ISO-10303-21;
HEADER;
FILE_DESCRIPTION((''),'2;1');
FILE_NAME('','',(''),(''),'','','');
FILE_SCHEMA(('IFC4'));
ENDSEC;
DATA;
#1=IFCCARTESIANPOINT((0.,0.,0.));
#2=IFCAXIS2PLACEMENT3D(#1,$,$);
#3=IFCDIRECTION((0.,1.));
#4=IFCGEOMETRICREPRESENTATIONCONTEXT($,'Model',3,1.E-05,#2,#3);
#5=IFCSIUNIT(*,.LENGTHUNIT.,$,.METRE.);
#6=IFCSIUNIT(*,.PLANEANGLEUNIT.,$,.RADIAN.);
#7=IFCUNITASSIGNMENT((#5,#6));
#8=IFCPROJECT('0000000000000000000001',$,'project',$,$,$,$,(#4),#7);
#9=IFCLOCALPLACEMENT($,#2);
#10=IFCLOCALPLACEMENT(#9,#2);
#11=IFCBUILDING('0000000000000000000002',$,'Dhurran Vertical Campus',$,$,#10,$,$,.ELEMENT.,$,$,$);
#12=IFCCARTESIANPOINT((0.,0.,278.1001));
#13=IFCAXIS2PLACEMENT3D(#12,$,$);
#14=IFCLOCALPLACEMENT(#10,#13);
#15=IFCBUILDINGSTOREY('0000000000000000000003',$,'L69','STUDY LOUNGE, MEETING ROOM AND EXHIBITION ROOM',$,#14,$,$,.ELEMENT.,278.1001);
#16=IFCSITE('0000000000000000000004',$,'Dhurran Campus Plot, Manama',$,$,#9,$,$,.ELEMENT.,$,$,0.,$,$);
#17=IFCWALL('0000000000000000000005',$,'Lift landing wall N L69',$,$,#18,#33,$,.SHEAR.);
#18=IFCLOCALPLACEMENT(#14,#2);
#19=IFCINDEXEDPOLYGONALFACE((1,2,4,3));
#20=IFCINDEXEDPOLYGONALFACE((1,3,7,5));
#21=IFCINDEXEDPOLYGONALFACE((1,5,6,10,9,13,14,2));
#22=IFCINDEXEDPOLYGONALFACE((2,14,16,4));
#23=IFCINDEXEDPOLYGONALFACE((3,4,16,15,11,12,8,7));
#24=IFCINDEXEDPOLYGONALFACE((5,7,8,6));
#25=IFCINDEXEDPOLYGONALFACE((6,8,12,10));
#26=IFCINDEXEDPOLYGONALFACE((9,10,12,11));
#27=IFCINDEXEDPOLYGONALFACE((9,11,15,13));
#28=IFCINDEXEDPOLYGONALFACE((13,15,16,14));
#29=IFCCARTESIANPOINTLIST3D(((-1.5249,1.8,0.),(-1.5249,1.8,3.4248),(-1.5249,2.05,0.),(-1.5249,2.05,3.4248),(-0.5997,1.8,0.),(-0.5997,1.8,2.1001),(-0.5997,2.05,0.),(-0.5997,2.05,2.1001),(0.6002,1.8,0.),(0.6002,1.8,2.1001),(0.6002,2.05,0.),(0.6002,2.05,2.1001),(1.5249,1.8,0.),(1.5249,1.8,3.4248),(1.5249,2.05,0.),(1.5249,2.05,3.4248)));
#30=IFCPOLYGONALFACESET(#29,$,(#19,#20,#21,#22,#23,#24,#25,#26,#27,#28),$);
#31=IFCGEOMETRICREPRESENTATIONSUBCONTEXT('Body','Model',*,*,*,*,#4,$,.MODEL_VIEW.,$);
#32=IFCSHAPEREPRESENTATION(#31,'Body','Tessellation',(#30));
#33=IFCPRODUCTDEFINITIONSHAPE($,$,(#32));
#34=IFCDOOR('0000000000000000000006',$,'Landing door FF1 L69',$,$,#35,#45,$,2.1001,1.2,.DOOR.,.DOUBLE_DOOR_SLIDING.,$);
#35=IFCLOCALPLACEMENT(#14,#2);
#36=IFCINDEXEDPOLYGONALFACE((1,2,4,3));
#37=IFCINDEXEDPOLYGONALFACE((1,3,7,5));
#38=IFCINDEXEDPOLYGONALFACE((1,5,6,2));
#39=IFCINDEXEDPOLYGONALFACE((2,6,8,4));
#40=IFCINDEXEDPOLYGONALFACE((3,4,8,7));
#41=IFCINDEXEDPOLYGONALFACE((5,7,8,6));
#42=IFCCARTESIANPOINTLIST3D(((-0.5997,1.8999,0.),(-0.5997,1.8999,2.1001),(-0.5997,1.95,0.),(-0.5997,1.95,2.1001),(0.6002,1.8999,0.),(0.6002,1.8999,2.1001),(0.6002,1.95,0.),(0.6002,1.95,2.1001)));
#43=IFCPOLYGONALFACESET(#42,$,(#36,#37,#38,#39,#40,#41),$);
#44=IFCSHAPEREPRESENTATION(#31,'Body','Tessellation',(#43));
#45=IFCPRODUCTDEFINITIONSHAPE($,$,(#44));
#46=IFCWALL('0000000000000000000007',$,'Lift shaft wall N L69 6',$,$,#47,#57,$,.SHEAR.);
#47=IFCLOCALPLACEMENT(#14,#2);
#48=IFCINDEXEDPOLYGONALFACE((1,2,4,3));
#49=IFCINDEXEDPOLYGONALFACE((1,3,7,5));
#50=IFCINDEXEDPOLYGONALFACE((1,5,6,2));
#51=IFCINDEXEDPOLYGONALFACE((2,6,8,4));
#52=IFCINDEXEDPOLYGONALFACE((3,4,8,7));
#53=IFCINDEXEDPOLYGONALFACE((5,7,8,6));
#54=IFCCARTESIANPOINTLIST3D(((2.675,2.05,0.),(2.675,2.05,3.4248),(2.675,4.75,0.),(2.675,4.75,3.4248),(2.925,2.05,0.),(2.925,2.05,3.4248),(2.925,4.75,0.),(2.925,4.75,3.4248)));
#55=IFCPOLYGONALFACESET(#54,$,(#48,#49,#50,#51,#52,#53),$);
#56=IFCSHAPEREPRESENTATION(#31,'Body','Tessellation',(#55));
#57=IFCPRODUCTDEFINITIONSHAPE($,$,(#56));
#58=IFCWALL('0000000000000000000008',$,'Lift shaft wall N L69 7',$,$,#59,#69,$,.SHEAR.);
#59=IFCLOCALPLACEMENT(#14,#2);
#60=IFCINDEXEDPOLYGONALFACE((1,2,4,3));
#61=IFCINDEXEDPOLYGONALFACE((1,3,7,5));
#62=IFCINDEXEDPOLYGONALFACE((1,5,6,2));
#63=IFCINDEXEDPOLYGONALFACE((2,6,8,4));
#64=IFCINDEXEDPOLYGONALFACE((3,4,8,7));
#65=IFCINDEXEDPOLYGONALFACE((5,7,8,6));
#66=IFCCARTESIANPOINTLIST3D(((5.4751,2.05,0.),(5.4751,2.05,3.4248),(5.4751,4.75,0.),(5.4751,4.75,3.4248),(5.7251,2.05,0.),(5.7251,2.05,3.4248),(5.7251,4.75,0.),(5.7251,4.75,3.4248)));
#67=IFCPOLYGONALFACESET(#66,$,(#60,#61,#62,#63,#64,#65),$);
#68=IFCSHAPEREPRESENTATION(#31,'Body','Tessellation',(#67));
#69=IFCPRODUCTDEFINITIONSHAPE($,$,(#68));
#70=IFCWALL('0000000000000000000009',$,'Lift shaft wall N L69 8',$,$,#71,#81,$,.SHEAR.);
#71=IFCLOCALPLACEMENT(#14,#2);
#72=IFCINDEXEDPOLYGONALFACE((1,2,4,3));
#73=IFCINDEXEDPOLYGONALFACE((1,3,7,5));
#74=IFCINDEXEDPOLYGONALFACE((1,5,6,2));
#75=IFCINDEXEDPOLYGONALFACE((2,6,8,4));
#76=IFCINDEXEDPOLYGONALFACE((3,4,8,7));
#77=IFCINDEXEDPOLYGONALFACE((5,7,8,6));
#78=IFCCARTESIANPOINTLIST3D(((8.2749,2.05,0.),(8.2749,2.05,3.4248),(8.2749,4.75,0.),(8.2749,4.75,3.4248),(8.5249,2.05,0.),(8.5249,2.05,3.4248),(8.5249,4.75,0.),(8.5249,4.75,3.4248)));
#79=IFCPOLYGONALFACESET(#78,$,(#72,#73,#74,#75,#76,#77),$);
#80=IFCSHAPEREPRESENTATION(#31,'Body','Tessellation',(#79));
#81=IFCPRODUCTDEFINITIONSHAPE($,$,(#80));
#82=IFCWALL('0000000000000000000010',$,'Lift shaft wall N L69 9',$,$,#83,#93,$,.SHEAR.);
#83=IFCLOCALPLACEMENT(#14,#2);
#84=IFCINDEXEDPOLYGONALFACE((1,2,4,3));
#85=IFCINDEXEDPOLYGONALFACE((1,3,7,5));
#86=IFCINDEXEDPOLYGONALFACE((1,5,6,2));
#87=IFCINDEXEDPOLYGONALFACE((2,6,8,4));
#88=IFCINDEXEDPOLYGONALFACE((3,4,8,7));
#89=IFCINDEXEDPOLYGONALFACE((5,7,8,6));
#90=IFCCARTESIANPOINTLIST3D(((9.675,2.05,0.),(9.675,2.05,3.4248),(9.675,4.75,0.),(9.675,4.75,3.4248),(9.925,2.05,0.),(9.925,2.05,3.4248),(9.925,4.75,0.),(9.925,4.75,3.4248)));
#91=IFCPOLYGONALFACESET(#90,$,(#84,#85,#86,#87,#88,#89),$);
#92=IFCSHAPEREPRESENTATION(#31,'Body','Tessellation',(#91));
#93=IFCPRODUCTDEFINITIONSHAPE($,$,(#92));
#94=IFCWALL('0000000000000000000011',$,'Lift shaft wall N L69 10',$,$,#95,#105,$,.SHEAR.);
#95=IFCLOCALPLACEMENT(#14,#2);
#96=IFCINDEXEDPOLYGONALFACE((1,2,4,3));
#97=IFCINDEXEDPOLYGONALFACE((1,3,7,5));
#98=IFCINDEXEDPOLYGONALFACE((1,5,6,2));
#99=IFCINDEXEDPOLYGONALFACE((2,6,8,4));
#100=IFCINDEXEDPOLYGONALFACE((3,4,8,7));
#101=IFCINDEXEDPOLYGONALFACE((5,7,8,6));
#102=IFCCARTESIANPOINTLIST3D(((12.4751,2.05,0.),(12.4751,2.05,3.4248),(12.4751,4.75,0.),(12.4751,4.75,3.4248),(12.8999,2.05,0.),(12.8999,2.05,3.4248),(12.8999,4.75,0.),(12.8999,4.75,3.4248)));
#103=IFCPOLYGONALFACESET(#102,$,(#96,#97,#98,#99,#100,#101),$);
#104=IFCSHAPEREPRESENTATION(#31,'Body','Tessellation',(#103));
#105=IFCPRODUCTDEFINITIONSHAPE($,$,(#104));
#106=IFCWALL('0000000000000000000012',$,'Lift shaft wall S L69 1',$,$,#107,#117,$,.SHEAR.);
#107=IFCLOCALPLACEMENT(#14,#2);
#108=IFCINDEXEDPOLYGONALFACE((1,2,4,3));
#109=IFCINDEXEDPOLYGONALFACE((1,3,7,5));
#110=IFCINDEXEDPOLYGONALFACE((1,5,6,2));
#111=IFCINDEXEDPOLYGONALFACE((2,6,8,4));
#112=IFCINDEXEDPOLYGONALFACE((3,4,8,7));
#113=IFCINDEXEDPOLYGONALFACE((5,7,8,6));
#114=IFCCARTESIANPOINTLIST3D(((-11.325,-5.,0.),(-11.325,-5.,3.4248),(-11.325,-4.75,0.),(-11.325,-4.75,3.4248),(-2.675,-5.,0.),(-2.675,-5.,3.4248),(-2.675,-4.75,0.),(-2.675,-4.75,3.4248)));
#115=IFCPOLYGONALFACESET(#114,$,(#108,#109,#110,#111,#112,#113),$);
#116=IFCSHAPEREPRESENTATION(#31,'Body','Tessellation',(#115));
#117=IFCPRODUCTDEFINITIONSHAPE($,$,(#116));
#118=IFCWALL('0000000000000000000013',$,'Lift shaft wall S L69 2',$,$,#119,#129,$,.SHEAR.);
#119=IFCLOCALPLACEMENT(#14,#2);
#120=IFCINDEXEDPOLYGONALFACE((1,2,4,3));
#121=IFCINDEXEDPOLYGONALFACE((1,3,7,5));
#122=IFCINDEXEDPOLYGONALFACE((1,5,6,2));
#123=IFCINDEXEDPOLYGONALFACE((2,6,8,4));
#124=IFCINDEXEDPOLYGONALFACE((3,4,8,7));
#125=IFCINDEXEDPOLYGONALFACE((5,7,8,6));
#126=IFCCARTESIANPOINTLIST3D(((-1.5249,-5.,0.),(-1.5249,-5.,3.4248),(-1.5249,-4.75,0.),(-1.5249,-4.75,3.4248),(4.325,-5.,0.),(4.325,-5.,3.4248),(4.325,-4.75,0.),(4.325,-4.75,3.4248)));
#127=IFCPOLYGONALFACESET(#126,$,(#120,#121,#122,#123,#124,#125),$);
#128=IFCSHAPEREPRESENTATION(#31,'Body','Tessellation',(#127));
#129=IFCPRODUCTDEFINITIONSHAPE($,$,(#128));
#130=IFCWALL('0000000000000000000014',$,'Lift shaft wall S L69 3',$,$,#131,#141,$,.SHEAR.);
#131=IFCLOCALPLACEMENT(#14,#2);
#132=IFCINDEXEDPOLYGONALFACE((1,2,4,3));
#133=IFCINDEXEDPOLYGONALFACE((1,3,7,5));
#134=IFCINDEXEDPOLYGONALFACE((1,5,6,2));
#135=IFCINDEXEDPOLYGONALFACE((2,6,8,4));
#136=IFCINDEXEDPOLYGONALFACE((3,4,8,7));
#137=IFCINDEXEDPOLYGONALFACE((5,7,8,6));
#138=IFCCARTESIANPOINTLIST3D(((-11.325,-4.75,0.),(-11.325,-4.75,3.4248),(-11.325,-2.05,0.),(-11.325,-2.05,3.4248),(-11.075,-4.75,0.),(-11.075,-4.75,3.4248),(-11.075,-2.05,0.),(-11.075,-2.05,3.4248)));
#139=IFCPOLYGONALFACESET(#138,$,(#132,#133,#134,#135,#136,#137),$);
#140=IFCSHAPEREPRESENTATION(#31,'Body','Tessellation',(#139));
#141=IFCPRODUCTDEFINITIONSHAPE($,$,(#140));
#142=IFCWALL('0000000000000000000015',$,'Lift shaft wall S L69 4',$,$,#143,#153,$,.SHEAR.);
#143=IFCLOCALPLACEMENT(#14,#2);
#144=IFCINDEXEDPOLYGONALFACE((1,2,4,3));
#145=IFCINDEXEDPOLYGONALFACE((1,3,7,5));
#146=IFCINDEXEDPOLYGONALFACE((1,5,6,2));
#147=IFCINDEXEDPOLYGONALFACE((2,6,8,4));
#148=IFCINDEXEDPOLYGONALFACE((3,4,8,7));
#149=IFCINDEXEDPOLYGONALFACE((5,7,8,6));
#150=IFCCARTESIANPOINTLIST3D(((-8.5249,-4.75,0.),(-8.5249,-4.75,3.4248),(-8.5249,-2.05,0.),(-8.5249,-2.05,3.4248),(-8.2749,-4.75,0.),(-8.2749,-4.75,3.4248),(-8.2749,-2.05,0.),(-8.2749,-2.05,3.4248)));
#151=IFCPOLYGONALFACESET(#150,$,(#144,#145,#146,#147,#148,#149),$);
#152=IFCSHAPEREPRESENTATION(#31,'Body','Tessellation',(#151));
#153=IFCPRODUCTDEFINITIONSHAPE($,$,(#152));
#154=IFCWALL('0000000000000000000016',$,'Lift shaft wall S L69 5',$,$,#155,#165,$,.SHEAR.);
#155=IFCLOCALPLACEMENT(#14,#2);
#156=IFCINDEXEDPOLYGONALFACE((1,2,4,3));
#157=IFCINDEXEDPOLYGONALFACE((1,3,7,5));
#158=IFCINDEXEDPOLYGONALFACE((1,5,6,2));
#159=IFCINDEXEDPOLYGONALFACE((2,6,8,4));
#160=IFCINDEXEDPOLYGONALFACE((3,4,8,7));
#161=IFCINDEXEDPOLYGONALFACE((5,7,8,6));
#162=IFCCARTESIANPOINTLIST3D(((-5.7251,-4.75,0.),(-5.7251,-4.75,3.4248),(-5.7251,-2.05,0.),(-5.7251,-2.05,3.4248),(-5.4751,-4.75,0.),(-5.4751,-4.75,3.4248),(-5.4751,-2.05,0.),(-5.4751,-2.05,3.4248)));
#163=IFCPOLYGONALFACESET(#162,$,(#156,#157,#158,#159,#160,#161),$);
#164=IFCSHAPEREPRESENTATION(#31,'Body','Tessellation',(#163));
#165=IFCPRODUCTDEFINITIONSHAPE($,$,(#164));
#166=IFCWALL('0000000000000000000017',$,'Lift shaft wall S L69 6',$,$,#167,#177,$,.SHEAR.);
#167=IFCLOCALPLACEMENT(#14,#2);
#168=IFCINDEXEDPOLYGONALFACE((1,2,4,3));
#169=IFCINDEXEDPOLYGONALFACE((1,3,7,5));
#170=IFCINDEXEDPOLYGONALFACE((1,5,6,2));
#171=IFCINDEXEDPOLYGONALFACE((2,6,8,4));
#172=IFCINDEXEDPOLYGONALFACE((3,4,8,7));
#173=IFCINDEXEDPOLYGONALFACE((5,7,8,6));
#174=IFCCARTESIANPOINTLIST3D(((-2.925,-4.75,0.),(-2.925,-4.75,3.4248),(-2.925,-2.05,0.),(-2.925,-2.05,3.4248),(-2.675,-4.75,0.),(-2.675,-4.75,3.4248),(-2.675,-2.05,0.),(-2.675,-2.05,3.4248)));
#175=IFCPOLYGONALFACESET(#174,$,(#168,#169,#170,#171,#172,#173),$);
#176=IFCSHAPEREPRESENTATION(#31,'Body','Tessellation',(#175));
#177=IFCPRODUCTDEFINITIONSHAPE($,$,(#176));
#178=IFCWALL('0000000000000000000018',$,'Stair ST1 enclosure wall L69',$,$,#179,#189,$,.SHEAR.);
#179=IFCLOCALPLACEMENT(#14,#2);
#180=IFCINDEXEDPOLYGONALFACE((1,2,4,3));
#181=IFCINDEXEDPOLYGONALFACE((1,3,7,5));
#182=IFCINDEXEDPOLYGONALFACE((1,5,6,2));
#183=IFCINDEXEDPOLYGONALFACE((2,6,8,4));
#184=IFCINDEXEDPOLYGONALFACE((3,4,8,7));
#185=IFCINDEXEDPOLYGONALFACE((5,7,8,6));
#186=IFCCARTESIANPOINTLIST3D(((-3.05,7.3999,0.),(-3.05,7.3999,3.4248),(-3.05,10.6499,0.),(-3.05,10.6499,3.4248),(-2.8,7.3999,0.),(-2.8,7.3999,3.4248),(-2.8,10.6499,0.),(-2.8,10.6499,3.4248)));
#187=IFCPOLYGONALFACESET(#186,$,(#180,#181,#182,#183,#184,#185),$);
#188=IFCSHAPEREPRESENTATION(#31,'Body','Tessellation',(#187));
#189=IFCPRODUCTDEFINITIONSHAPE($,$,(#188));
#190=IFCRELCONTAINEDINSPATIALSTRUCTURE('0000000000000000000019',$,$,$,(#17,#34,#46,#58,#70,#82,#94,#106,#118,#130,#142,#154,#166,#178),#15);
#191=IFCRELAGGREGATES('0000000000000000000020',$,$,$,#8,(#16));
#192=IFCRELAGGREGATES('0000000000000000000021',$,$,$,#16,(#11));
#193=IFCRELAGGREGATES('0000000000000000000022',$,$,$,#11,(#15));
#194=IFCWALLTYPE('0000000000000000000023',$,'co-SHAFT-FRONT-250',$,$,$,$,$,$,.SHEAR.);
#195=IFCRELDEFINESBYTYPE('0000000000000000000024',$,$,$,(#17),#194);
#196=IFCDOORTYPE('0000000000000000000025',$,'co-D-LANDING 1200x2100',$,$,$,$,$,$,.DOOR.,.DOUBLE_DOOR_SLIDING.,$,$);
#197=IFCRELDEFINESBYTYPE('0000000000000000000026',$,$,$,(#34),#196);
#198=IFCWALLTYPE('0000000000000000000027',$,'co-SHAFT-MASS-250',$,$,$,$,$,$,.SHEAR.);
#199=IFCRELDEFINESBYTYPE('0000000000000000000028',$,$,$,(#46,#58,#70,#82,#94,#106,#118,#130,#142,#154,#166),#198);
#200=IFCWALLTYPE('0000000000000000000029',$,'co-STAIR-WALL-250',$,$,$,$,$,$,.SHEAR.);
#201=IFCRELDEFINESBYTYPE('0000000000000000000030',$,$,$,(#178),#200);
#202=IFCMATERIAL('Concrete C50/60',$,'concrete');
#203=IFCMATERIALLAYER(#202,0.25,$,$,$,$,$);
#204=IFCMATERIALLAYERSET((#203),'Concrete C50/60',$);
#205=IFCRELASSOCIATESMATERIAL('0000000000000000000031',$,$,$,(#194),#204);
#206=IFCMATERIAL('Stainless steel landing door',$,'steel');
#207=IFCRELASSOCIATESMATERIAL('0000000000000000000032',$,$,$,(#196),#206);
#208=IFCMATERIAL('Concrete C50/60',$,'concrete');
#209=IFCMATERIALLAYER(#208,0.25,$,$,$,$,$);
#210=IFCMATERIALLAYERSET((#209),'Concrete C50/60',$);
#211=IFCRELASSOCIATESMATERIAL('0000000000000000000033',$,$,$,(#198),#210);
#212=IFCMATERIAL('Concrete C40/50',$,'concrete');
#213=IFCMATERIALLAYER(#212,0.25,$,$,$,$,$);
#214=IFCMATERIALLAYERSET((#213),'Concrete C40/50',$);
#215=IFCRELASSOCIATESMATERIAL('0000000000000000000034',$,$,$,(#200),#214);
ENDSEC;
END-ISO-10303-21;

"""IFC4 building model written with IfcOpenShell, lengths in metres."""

from ifc_helpers import new_model, si_unit, direction, frame, frame_2d, origin, place, context, subcontext, project, spatial, polyline, rectangle, outline, extrude, material, layer, layer_set, type_object, element, fill, save


model = new_model("IFC4")

# Units and contexts
model_context = context("Model", 3, precision=1e-05, world=origin(), true_north=direction((0.0, 1.0)))
body_context = subcontext(model_context, "Body", "Model", "MODEL_VIEW")
ifc_project = project(units=[si_unit("LENGTHUNIT", "METRE"), si_unit("PLANEANGLEUNIT", "RADIAN")], contexts=[model_context])

# Site, building, storey
site_placement = place(None, origin())
site = spatial("IfcSite", under=ifc_project, at=site_placement, Name="Dhurran Campus Plot, Manama", CompositionType="ELEMENT", RefElevation=0.0)
building_placement = place(site_placement, origin())
building = spatial("IfcBuilding", under=site, at=building_placement, Name="Dhurran Vertical Campus", CompositionType="ELEMENT")
storey_placement = place(building_placement, frame((0.0, 0.0, 278.1001)))
storey = spatial("IfcBuildingStorey", under=building, at=storey_placement, Name="L69", Description="STUDY LOUNGE, MEETING ROOM AND EXHIBITION ROOM", CompositionType="ELEMENT", Elevation=278.1001)

# Wall, opening, door
ifc_material_1 = material(Name="Concrete C50/60", Category="concrete")
ifc_layer_1 = layer(ifc_material_1, 0.25)
ifc_layer_set_1 = layer_set([ifc_layer_1], Name="Concrete C50/60")
wall_type_1 = type_object("IfcWallType", Name="co-SHAFT-FRONT-250", PredefinedType="SHEAR", material=ifc_layer_set_1)
wall_1_placement = place(storey_placement, frame((-1.5249, 1.925, 0.0), z_axis=(0.0, 0.0, 1.0), x_axis=(1.0, 0.0, 0.0)))
wall_1 = element("IfcWall", 1, at=wall_1_placement, inside=storey, type_object=wall_type_1, Name="Lift landing wall N L69", PredefinedType="SHEAR", context=body_context, shape_type="SweptSolid", body=[
    extrude(rectangle(XDim=3.0498, YDim=0.25, at=frame_2d((1.5249, 0.0))), origin(), (0.0, 0.0, 1.0), 3.4248),
])
opening_1_placement = place(wall_1_placement, frame((0.925, 0.0, 0.0)))
opening_1 = element("IfcOpeningElement", 2, at=opening_1_placement, cuts=wall_1, PredefinedType="OPENING", context=body_context, shape_type="SweptSolid", body=[
    extrude(rectangle(XDim=1.2, YDim=2.1001, at=frame_2d((0.6001, 1.05))), frame((0.0, 0.135, 0.0), z_axis=(0.0, -1.0, 0.0), x_axis=(1.0, 0.0, 0.0)), (0.0, 0.0, 1.0), 0.27),
])
ifc_material_2 = material(Name="Stainless steel landing door", Category="steel")
door_type_1 = type_object("IfcDoorType", Name="co-D-LANDING 1200x2100", OperationType="DOUBLE_DOOR_SLIDING", PredefinedType="DOOR", material=ifc_material_2)
door_1_placement = place(opening_1_placement, origin())
door_1 = element("IfcDoor", 3, at=door_1_placement, inside=storey, type_object=door_type_1, Name="Landing door FF1 L69", OperationType="DOUBLE_DOOR_SLIDING", OverallHeight=2.1001, OverallWidth=1.2, PredefinedType="DOOR", context=body_context, shape_type="SweptSolid", body=[
    extrude(rectangle(XDim=1.2, YDim=2.1001, at=frame_2d((0.6001, 1.05))), frame((0.0, 0.0249, 0.0), z_axis=(0.0, -1.0, 0.0), x_axis=(1.0, 0.0, 0.0)), (0.0, 0.0, 1.0), 0.05),
])
fill(opening_1, door_1)

# Walls
ifc_material_3 = material(Name="Concrete C50/60", Category="concrete")
ifc_layer_2 = layer(ifc_material_3, 0.25)
ifc_layer_set_2 = layer_set([ifc_layer_2], Name="Concrete C50/60")
wall_type_2 = type_object("IfcWallType", Name="co-SHAFT-MASS-250", PredefinedType="SHEAR", material=ifc_layer_set_2)
wall_2_placement = place(storey_placement, origin())
element("IfcWall", 4, at=wall_2_placement, inside=storey, type_object=wall_type_2, Name="Lift shaft wall N L69 6", PredefinedType="SHEAR", context=body_context, shape_type="SweptSolid", body=[
    extrude(outline(polyline([(2.675, 2.05), (2.925, 2.05), (2.925, 4.75), (2.675, 4.75), (2.675, 2.05)])), origin(), (0.0, 0.0, 1.0), 3.4248),
])
wall_3_placement = place(storey_placement, origin())
element("IfcWall", 5, at=wall_3_placement, inside=storey, type_object=wall_type_2, Name="Lift shaft wall N L69 7", PredefinedType="SHEAR", context=body_context, shape_type="SweptSolid", body=[
    extrude(outline(polyline([(5.4751, 2.05), (5.7251, 2.05), (5.7251, 4.75), (5.4751, 4.75), (5.4751, 2.05)])), origin(), (0.0, 0.0, 1.0), 3.4248),
])
wall_4_placement = place(storey_placement, origin())
element("IfcWall", 6, at=wall_4_placement, inside=storey, type_object=wall_type_2, Name="Lift shaft wall N L69 8", PredefinedType="SHEAR", context=body_context, shape_type="SweptSolid", body=[
    extrude(outline(polyline([(8.2749, 2.05), (8.5249, 2.05), (8.5249, 4.75), (8.2749, 4.75), (8.2749, 2.05)])), origin(), (0.0, 0.0, 1.0), 3.4248),
])
wall_5_placement = place(storey_placement, origin())
element("IfcWall", 7, at=wall_5_placement, inside=storey, type_object=wall_type_2, Name="Lift shaft wall N L69 9", PredefinedType="SHEAR", context=body_context, shape_type="SweptSolid", body=[
    extrude(outline(polyline([(9.675, 2.05), (9.925, 2.05), (9.925, 4.75), (9.675, 4.75), (9.675, 2.05)])), origin(), (0.0, 0.0, 1.0), 3.4248),
])
wall_6_placement = place(storey_placement, origin())
element("IfcWall", 8, at=wall_6_placement, inside=storey, type_object=wall_type_2, Name="Lift shaft wall N L69 10", PredefinedType="SHEAR", context=body_context, shape_type="SweptSolid", body=[
    extrude(outline(polyline([(12.4751, 2.05), (12.8999, 2.05), (12.8999, 4.75), (12.4751, 4.75), (12.4751, 2.05)])), origin(), (0.0, 0.0, 1.0), 3.4248),
])
wall_7_placement = place(storey_placement, origin())
element("IfcWall", 9, at=wall_7_placement, inside=storey, type_object=wall_type_2, Name="Lift shaft wall S L69 1", PredefinedType="SHEAR", context=body_context, shape_type="SweptSolid", body=[
    extrude(outline(polyline([(-11.325, -5.0), (-2.675, -5.0), (-2.675, -4.75), (-11.325, -4.75), (-11.325, -5.0)])), origin(), (0.0, 0.0, 1.0), 3.4248),
])
wall_8_placement = place(storey_placement, origin())
element("IfcWall", 10, at=wall_8_placement, inside=storey, type_object=wall_type_2, Name="Lift shaft wall S L69 2", PredefinedType="SHEAR", context=body_context, shape_type="SweptSolid", body=[
    extrude(outline(polyline([(-1.5249, -5.0), (4.325, -5.0), (4.325, -4.75), (-1.5249, -4.75), (-1.5249, -5.0)])), origin(), (0.0, 0.0, 1.0), 3.4248),
])
wall_9_placement = place(storey_placement, origin())
element("IfcWall", 11, at=wall_9_placement, inside=storey, type_object=wall_type_2, Name="Lift shaft wall S L69 3", PredefinedType="SHEAR", context=body_context, shape_type="SweptSolid", body=[
    extrude(outline(polyline([(-11.325, -4.75), (-11.075, -4.75), (-11.075, -2.05), (-11.325, -2.05), (-11.325, -4.75)])), origin(), (0.0, 0.0, 1.0), 3.4248),
])
wall_10_placement = place(storey_placement, origin())
element("IfcWall", 12, at=wall_10_placement, inside=storey, type_object=wall_type_2, Name="Lift shaft wall S L69 4", PredefinedType="SHEAR", context=body_context, shape_type="SweptSolid", body=[
    extrude(outline(polyline([(-8.5249, -4.75), (-8.2749, -4.75), (-8.2749, -2.05), (-8.5249, -2.05), (-8.5249, -4.75)])), origin(), (0.0, 0.0, 1.0), 3.4248),
])
wall_11_placement = place(storey_placement, origin())
element("IfcWall", 13, at=wall_11_placement, inside=storey, type_object=wall_type_2, Name="Lift shaft wall S L69 5", PredefinedType="SHEAR", context=body_context, shape_type="SweptSolid", body=[
    extrude(outline(polyline([(-5.7251, -4.75), (-5.4751, -4.75), (-5.4751, -2.05), (-5.7251, -2.05), (-5.7251, -4.75)])), origin(), (0.0, 0.0, 1.0), 3.4248),
])
wall_12_placement = place(storey_placement, origin())
element("IfcWall", 14, at=wall_12_placement, inside=storey, type_object=wall_type_2, Name="Lift shaft wall S L69 6", PredefinedType="SHEAR", context=body_context, shape_type="SweptSolid", body=[
    extrude(outline(polyline([(-2.925, -4.75), (-2.675, -4.75), (-2.675, -2.05), (-2.925, -2.05), (-2.925, -4.75)])), origin(), (0.0, 0.0, 1.0), 3.4248),
])
ifc_material_4 = material(Name="Concrete C40/50", Category="concrete")
ifc_layer_3 = layer(ifc_material_4, 0.25)
ifc_layer_set_3 = layer_set([ifc_layer_3], Name="Concrete C40/50")
wall_type_3 = type_object("IfcWallType", Name="co-STAIR-WALL-250", PredefinedType="SHEAR", material=ifc_layer_set_3)
wall_13_placement = place(storey_placement, frame((-2.925, 7.3999, 0.0), z_axis=(0.0, 0.0, 1.0), x_axis=(0.0, 1.0, 0.0)))
element("IfcWall", 15, at=wall_13_placement, inside=storey, type_object=wall_type_3, Name="Stair ST1 enclosure wall L69", PredefinedType="SHEAR", context=body_context, shape_type="SweptSolid", body=[
    extrude(rectangle(XDim=3.25, YDim=0.25, at=frame_2d((1.625, 0.0))), origin(), (0.0, 0.0, 1.0), 3.4248),
])

save(model, "model.ifc")
